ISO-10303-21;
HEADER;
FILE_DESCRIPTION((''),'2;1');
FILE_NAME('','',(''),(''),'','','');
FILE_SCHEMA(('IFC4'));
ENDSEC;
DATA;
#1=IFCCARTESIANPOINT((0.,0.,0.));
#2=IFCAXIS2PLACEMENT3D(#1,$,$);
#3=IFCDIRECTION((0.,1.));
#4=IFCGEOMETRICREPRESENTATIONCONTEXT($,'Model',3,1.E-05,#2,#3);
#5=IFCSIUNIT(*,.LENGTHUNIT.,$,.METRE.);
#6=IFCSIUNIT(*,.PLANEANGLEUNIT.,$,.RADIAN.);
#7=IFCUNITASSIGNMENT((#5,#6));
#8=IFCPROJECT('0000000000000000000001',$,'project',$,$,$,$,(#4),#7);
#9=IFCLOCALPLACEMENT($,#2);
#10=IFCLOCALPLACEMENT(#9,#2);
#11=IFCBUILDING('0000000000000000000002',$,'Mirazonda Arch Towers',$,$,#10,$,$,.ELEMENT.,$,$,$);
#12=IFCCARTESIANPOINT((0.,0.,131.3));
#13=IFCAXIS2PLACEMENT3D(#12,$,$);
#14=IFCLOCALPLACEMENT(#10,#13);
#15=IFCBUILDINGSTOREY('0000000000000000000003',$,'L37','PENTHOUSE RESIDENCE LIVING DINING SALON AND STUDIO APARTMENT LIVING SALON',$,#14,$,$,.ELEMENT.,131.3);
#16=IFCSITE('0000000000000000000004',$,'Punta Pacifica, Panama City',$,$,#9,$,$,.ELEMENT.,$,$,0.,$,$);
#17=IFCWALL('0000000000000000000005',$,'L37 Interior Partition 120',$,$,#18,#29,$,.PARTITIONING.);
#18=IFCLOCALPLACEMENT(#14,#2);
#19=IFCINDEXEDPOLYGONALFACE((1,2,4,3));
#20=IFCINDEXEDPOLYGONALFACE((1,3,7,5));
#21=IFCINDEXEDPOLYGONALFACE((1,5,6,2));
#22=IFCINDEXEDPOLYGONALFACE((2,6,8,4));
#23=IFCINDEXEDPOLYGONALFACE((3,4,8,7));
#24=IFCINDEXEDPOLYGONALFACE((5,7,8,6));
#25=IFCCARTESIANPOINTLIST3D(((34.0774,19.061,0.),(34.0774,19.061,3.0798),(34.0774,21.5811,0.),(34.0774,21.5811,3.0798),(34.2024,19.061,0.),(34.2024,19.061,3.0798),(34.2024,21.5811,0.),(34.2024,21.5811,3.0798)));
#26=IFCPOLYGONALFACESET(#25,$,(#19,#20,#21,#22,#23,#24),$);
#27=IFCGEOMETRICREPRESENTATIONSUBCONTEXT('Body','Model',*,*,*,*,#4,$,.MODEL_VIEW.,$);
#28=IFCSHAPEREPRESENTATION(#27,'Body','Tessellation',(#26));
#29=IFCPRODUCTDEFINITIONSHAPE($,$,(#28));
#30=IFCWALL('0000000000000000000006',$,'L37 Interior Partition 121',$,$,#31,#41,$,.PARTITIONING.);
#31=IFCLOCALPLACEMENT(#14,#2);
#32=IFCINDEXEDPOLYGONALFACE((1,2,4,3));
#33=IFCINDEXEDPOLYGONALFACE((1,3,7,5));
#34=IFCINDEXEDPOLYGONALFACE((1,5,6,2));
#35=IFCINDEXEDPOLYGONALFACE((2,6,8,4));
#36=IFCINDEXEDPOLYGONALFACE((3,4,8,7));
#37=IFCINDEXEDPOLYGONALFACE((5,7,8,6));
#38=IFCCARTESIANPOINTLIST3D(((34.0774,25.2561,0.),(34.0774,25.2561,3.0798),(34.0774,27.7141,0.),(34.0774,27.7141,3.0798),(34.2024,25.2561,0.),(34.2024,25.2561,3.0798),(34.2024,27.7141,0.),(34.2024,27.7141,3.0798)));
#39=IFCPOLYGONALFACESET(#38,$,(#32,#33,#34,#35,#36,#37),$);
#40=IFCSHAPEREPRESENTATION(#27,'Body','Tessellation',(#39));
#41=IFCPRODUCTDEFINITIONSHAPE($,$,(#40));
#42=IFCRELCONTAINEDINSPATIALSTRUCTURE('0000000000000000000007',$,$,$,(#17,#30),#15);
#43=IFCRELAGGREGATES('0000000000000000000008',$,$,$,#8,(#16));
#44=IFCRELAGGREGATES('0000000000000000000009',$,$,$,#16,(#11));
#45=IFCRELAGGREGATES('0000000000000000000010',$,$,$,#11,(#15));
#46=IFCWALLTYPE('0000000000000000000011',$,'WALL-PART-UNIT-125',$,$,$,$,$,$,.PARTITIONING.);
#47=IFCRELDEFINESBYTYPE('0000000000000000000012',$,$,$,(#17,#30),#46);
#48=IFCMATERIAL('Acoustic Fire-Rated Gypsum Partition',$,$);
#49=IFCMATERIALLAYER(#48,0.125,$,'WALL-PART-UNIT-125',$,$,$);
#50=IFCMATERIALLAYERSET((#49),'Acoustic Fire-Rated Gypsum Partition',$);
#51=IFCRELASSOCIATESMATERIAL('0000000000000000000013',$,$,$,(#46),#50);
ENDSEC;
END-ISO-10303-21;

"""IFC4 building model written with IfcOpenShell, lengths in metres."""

from ifc_helpers import new_model, si_unit, direction, frame, frame_2d, origin, place, context, subcontext, project, spatial, rectangle, extrude, material, layer, layer_set, type_object, element, save


model = new_model("IFC4")

# Units and contexts
model_context = context("Model", 3, precision=1e-05, world=origin(), true_north=direction((0.0, 1.0)))
body_context = subcontext(model_context, "Body", "Model", "MODEL_VIEW")
ifc_project = project(units=[si_unit("LENGTHUNIT", "METRE"), si_unit("PLANEANGLEUNIT", "RADIAN")], contexts=[model_context])

# Site, building, storey
site_placement = place(None, origin())
site = spatial("IfcSite", under=ifc_project, at=site_placement, Name="Punta Pacifica, Panama City", CompositionType="ELEMENT", RefElevation=0.0)
building_placement = place(site_placement, origin())
building = spatial("IfcBuilding", under=site, at=building_placement, Name="Mirazonda Arch Towers", CompositionType="ELEMENT")
storey_placement = place(building_placement, frame((0.0, 0.0, 131.3)))
storey = spatial("IfcBuildingStorey", under=building, at=storey_placement, Name="L37", Description="PENTHOUSE RESIDENCE LIVING DINING SALON AND STUDIO APARTMENT LIVING SALON", CompositionType="ELEMENT", Elevation=131.3)

# Walls
ifc_material_1 = material(Name="Acoustic Fire-Rated Gypsum Partition")
ifc_layer_1 = layer(ifc_material_1, 0.125, Name="WALL-PART-UNIT-125")
ifc_layer_set_1 = layer_set([ifc_layer_1], Name="Acoustic Fire-Rated Gypsum Partition")
wall_type_1 = type_object("IfcWallType", Name="WALL-PART-UNIT-125", PredefinedType="PARTITIONING", material=ifc_layer_set_1)
wall_1_placement = place(storey_placement, frame((34.1399, 19.061, 0.0), z_axis=(0.0, 0.0, 1.0), x_axis=(0.0, 1.0, 0.0)))
element("IfcWall", 1, at=wall_1_placement, inside=storey, type_object=wall_type_1, Name="L37 Interior Partition 120", PredefinedType="PARTITIONING", context=body_context, shape_type="SweptSolid", body=[
    extrude(rectangle(XDim=2.52, YDim=0.125, at=frame_2d((1.26, 0.0))), origin(), (0.0, 0.0, 1.0), 3.0798),
])
wall_2_placement = place(storey_placement, frame((34.1399, 25.2561, 0.0), z_axis=(0.0, 0.0, 1.0), x_axis=(0.0, 1.0, 0.0)))
element("IfcWall", 2, at=wall_2_placement, inside=storey, type_object=wall_type_1, Name="L37 Interior Partition 121", PredefinedType="PARTITIONING", context=body_context, shape_type="SweptSolid", body=[
    extrude(rectangle(XDim=2.458, YDim=0.125, at=frame_2d((1.229, 0.0))), origin(), (0.0, 0.0, 1.0), 3.0798),
])

save(model, "model.ifc")
